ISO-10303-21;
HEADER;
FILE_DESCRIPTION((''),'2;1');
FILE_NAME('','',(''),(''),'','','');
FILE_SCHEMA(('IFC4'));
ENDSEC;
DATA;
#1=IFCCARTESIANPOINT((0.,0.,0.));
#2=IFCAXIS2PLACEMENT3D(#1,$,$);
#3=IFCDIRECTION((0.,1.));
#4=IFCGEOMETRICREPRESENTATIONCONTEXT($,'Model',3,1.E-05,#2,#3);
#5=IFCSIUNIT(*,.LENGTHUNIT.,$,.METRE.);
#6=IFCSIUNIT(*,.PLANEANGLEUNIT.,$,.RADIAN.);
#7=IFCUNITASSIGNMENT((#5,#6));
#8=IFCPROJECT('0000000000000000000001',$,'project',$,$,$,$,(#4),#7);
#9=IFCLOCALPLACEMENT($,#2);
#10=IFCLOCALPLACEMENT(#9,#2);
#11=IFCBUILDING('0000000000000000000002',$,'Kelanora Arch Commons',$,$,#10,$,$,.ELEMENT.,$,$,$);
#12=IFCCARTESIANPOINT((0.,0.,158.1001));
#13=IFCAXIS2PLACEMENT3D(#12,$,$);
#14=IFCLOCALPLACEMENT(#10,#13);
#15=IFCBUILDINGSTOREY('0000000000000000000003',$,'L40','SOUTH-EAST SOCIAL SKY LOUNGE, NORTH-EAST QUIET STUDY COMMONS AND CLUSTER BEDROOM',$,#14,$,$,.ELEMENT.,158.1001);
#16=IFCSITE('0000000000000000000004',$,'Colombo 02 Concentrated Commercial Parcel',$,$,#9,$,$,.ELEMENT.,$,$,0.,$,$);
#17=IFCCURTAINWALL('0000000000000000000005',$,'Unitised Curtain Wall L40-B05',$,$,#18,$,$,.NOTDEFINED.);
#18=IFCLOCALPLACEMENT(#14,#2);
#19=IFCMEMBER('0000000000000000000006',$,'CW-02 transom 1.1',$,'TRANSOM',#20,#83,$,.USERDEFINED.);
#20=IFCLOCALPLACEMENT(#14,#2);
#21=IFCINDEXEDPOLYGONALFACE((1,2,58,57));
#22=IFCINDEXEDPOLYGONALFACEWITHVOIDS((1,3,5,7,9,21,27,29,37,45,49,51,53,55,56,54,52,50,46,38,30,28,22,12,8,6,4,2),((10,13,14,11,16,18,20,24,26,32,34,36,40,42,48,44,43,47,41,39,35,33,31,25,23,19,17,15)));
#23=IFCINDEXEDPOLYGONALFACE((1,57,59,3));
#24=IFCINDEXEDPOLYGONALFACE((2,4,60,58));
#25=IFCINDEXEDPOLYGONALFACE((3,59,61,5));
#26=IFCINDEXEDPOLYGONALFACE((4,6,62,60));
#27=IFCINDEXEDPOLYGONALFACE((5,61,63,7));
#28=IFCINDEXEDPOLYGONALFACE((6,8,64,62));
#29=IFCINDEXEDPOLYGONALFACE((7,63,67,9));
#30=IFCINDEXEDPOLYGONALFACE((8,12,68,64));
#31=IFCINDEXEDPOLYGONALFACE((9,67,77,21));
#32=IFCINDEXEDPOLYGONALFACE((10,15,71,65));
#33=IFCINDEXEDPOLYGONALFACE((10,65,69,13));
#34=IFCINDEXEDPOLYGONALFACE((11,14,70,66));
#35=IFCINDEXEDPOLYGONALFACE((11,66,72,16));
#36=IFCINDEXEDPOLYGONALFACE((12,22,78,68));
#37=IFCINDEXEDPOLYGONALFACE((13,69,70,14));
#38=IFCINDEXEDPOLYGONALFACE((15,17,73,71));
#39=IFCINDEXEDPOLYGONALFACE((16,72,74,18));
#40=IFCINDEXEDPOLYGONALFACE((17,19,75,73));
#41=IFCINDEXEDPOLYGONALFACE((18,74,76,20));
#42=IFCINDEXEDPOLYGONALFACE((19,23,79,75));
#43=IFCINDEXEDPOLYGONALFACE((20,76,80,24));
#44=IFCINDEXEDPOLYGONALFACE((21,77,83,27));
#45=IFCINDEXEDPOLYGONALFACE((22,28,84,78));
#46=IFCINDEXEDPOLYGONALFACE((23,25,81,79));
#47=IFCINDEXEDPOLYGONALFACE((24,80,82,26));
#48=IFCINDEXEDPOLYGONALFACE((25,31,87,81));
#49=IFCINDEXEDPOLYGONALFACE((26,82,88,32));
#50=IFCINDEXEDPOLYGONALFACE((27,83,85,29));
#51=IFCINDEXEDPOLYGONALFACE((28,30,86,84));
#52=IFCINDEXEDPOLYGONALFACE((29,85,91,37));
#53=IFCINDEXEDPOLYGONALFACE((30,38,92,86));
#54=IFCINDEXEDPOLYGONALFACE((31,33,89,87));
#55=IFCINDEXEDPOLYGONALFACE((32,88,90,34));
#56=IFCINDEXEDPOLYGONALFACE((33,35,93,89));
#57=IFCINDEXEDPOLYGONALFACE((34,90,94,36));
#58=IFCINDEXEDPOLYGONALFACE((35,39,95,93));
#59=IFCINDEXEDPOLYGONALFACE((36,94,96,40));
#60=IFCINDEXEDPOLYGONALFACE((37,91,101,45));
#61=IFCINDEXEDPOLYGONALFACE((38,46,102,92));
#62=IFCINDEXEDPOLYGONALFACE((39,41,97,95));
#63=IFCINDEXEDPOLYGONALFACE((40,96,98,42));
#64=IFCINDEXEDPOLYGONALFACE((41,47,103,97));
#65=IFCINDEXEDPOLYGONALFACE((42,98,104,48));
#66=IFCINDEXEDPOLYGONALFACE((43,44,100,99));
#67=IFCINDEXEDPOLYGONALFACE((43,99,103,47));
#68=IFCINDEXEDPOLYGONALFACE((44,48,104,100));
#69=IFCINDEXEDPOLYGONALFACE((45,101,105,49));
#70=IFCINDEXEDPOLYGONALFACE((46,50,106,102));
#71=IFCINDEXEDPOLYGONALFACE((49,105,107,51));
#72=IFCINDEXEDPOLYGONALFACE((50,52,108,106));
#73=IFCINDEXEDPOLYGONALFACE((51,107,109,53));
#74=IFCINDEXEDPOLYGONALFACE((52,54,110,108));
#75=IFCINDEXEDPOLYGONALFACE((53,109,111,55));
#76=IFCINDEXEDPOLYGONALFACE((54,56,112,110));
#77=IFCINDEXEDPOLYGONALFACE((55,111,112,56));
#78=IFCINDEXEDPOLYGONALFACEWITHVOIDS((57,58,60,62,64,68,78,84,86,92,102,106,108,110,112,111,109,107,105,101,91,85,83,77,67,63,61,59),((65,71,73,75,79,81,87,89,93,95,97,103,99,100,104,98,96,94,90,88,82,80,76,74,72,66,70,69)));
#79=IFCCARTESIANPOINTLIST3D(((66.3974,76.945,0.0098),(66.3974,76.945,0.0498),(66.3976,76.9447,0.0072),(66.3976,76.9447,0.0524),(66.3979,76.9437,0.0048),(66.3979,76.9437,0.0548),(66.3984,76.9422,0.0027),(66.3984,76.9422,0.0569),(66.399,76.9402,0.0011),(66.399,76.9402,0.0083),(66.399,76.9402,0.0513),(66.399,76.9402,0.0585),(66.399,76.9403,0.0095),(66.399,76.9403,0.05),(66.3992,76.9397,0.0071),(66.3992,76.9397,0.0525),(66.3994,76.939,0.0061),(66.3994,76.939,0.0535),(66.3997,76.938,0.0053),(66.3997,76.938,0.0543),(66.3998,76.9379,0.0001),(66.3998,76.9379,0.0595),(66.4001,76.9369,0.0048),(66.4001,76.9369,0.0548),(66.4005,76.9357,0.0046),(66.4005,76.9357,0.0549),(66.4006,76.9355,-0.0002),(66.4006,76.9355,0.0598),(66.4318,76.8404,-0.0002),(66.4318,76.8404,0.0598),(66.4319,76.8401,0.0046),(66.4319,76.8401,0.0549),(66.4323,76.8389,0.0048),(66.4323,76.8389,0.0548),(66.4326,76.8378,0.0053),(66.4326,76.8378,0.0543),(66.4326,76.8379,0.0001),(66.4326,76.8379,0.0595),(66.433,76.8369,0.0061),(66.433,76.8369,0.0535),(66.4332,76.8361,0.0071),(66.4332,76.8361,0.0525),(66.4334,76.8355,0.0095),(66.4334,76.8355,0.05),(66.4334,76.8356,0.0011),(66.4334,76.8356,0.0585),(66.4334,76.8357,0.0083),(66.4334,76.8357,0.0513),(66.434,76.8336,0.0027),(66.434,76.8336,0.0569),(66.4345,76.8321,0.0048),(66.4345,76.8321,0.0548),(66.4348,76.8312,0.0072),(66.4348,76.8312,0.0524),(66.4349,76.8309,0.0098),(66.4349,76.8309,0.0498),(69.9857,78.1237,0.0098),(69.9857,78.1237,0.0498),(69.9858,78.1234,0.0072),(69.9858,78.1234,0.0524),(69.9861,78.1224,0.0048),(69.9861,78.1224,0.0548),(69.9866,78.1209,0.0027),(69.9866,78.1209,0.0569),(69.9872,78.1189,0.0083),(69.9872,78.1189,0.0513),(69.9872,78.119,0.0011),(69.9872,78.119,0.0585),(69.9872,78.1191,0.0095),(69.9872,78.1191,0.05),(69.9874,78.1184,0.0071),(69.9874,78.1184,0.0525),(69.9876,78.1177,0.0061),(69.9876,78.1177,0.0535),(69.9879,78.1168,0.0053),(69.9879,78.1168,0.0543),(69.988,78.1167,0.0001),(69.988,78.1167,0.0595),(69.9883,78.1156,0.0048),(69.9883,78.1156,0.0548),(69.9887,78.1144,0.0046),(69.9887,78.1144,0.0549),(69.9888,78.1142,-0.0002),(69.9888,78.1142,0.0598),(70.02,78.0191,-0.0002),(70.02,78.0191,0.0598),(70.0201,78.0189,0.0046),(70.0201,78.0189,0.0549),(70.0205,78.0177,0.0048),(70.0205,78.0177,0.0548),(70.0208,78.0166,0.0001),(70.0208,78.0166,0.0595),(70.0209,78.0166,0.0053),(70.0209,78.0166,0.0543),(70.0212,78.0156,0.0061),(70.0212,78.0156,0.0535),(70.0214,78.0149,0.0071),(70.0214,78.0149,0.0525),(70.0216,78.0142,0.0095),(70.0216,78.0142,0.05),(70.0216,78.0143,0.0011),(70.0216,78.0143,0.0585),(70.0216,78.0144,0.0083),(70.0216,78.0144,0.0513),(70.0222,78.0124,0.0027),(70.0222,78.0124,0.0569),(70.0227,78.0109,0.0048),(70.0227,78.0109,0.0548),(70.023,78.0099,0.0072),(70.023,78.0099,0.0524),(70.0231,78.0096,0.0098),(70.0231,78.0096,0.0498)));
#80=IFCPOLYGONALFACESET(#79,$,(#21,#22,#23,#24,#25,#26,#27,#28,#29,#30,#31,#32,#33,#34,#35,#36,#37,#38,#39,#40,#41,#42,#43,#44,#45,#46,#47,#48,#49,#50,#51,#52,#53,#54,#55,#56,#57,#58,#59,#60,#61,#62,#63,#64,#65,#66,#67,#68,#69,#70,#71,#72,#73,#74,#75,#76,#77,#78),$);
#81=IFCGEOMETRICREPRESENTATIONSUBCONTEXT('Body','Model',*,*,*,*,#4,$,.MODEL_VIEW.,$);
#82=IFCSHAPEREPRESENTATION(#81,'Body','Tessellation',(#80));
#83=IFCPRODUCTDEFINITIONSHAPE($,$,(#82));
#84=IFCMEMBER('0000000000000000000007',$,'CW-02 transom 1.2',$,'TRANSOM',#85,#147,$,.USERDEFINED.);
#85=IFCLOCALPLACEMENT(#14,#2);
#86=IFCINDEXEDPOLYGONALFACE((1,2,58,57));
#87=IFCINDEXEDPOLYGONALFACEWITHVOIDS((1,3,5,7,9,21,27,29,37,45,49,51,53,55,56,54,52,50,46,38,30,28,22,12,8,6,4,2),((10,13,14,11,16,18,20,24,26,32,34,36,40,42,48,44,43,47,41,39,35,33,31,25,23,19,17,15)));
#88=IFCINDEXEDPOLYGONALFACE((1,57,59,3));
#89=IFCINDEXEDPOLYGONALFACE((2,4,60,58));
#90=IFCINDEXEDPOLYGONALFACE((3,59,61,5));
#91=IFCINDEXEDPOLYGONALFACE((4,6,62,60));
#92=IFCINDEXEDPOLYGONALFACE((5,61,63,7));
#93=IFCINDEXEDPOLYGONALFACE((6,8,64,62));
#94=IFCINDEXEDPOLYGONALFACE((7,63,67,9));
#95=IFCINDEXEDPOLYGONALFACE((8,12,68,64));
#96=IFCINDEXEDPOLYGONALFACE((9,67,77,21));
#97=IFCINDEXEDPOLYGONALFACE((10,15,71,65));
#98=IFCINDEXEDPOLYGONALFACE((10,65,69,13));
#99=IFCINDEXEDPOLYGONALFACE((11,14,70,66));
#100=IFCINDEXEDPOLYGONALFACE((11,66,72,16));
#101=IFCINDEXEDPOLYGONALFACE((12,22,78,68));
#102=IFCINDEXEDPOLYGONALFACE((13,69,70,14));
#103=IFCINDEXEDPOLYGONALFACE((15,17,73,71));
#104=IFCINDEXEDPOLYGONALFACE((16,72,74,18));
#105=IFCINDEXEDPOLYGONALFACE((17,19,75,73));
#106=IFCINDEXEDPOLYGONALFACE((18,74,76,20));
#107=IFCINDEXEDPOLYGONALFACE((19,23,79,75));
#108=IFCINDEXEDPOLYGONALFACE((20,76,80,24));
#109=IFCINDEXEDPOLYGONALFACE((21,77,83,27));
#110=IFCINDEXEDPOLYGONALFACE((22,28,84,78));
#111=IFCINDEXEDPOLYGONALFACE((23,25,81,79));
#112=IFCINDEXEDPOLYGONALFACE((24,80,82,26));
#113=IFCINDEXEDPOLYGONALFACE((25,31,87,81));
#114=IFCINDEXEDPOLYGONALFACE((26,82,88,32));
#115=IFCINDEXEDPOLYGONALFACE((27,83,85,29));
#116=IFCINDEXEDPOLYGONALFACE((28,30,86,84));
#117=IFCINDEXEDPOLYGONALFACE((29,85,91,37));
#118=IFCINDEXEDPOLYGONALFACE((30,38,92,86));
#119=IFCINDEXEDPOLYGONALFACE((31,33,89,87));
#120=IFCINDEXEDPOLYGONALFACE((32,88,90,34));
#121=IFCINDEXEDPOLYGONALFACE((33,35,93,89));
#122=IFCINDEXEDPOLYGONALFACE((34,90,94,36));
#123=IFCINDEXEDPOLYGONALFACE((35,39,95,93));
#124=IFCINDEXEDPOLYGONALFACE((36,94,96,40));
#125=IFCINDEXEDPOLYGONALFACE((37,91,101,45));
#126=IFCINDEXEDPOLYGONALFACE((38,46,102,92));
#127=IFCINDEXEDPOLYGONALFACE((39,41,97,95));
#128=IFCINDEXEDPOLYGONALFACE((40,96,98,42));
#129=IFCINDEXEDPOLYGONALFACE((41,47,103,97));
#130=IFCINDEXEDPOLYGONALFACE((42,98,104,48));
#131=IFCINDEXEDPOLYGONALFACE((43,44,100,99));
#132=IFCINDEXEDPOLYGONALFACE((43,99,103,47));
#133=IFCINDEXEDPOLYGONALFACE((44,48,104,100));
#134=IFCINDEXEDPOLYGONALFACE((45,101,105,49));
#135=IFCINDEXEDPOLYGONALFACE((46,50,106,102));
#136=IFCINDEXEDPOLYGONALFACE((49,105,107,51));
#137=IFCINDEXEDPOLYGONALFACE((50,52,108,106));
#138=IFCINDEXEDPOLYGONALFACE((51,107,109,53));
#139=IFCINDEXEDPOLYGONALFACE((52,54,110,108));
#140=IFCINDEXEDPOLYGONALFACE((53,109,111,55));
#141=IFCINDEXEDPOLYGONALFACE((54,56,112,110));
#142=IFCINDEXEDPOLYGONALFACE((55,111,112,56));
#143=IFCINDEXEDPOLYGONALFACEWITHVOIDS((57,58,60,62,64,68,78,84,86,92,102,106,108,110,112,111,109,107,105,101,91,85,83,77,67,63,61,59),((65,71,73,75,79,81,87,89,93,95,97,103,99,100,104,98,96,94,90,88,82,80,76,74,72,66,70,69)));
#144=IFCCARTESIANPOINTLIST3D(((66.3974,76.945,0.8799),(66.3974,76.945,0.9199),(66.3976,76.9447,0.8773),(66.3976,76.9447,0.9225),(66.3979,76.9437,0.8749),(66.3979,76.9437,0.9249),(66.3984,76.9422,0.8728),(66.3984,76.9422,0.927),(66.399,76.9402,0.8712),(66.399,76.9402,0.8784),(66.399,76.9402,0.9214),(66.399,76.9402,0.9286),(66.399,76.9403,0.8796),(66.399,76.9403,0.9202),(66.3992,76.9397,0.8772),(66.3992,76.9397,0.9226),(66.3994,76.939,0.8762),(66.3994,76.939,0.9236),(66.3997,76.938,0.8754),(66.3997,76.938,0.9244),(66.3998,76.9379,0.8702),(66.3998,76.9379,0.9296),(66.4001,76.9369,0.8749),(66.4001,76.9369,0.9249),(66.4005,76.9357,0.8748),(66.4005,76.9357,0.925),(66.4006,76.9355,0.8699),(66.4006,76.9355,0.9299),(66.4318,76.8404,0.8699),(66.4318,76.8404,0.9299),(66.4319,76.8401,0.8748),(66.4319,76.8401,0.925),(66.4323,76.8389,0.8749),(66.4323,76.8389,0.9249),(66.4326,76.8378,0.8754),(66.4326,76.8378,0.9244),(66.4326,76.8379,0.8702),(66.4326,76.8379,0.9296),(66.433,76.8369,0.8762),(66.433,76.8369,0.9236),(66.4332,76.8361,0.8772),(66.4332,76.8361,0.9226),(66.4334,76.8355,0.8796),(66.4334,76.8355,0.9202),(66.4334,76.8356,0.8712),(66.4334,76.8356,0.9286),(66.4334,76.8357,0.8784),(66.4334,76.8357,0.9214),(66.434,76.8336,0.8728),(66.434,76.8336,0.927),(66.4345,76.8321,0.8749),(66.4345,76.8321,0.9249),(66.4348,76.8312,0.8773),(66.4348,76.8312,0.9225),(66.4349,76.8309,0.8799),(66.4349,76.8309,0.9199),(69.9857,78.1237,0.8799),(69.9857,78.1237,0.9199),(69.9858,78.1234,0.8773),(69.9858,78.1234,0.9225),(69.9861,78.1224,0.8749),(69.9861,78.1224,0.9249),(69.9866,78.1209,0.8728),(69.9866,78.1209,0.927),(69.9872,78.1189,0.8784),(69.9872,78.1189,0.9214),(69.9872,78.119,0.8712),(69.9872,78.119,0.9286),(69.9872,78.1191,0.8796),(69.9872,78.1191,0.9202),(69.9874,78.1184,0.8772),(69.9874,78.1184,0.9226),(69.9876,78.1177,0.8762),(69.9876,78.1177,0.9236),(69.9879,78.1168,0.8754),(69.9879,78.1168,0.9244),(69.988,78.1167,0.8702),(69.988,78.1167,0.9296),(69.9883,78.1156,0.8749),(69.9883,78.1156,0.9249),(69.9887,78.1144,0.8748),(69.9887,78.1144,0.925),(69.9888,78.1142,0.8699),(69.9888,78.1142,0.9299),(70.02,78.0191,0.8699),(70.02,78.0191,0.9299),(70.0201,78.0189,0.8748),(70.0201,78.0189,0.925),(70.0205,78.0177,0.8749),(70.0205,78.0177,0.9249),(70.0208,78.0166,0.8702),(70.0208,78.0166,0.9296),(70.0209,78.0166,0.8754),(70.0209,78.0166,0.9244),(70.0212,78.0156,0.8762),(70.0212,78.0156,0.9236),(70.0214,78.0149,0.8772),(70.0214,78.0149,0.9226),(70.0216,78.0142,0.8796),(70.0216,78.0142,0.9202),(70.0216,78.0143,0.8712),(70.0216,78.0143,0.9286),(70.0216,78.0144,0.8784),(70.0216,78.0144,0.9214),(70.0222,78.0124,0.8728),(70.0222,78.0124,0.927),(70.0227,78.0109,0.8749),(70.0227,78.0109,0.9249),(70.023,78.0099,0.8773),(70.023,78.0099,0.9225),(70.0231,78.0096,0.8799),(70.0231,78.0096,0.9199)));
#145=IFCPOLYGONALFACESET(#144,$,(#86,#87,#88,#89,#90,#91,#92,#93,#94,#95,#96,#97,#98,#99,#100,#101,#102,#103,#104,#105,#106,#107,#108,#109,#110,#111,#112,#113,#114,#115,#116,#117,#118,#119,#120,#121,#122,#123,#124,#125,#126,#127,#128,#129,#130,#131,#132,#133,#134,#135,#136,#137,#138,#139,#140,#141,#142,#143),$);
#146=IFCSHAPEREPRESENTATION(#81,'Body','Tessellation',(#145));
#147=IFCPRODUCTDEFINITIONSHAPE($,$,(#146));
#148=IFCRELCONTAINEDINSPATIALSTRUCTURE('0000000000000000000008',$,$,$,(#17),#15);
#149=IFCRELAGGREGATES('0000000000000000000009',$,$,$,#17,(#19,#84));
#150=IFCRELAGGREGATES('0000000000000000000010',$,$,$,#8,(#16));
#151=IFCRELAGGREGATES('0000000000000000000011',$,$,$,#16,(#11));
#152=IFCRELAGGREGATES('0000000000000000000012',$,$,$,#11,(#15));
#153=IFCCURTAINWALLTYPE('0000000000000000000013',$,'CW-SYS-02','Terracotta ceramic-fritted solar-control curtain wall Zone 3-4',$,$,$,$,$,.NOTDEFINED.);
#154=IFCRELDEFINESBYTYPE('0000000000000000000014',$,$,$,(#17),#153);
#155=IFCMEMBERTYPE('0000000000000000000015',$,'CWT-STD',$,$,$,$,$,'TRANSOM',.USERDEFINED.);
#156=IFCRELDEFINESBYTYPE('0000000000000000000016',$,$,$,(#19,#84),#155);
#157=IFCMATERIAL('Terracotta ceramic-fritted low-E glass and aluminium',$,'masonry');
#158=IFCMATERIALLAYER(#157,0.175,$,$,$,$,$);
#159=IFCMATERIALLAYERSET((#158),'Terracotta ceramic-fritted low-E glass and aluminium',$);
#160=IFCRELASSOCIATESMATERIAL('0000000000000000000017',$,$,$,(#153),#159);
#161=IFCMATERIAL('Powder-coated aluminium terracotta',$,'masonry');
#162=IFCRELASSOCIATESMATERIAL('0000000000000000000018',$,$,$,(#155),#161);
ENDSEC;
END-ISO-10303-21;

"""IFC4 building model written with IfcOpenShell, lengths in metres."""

from ifc_helpers import new_model, si_unit, direction, frame, origin, origin_2d, place, context, subcontext, project, spatial, hollow_rectangle, extrude, material, layer, layer_set, material_profile, profile_set, type_object, element, aggregate, save


model = new_model("IFC4")

# Units and contexts
model_context = context("Model", 3, precision=1e-05, world=origin(), true_north=direction((0.0, 1.0)))
body_context = subcontext(model_context, "Body", "Model", "MODEL_VIEW")
ifc_project = project(units=[si_unit("LENGTHUNIT", "METRE"), si_unit("PLANEANGLEUNIT", "RADIAN")], contexts=[model_context])

# Site, building, storey
site_placement = place(None, origin())
site = spatial("IfcSite", under=ifc_project, at=site_placement, Name="Colombo 02 Concentrated Commercial Parcel", CompositionType="ELEMENT", RefElevation=0.0)
building_placement = place(site_placement, origin())
building = spatial("IfcBuilding", under=site, at=building_placement, Name="Kelanora Arch Commons", CompositionType="ELEMENT")
storey_placement = place(building_placement, frame((0.0, 0.0, 158.1001)))
storey = spatial("IfcBuildingStorey", under=building, at=storey_placement, Name="L40", Description="SOUTH-EAST SOCIAL SKY LOUNGE, NORTH-EAST QUIET STUDY COMMONS AND CLUSTER BEDROOM", CompositionType="ELEMENT", Elevation=158.1001)

# Curtain wall, members
ifc_material_1 = material(Name="Terracotta ceramic-fritted low-E glass and aluminium", Category="masonry")
ifc_layer_1 = layer(ifc_material_1, 0.175)
ifc_layer_set_1 = layer_set([ifc_layer_1], Name="Terracotta ceramic-fritted low-E glass and aluminium")
curtain_wall_type = type_object("IfcCurtainWallType", Name="CW-SYS-02", Description="Terracotta ceramic-fritted solar-control curtain wall Zone 3-4", PredefinedType="NOTDEFINED", material=ifc_layer_set_1)
curtain_wall_placement = place(storey_placement, origin())
curtain_wall = element("IfcCurtainWall", 1, at=curtain_wall_placement, inside=storey, type_object=curtain_wall_type, Name="Unitised Curtain Wall L40-B05", PredefinedType="NOTDEFINED")
ifc_material_2 = material(Name="Powder-coated aluminium terracotta", Category="masonry")
ifc_material_profile_1 = material_profile(ifc_material_2, hollow_rectangle(XDim=0.1201, YDim=0.0601, WallThickness=0.0049, InnerFilletRadius=0.0049, OuterFilletRadius=0.01, at=origin_2d()), Name="CWT120x60")
ifc_profile_set_1 = profile_set([ifc_material_profile_1], Name="Powder-coated aluminium terracotta")
member_type_1 = type_object("IfcMemberType", Name="CWT-STD", ElementType="TRANSOM", PredefinedType="USERDEFINED", material=ifc_profile_set_1)
member_1_placement = place(storey_placement, frame((70.0044, 78.0667, 0.0298), z_axis=(-0.950051, -0.312094, 0.0), x_axis=(0.312094, -0.950051, 0.0)))
member_1 = element("IfcMember", 2, at=member_1_placement, type_object=member_type_1, Name="CW-02 transom 1.1", ObjectType="TRANSOM", PredefinedType="USERDEFINED", context=body_context, shape_type="SweptSolid", body=[
    extrude(hollow_rectangle(XDim=0.1201, YDim=0.0601, WallThickness=0.0049, InnerFilletRadius=0.0049, OuterFilletRadius=0.01, at=origin_2d()), origin(), (0.0, 0.0, 1.0), 3.7769),
])
member_2_placement = place(storey_placement, frame((70.0044, 78.0667, 0.8999), z_axis=(-0.950051, -0.312094, 0.0), x_axis=(0.312094, -0.950051, 0.0)))
member_2 = element("IfcMember", 3, at=member_2_placement, type_object=member_type_1, Name="CW-02 transom 1.2", ObjectType="TRANSOM", PredefinedType="USERDEFINED", context=body_context, shape_type="SweptSolid", body=[
    extrude(hollow_rectangle(XDim=0.1201, YDim=0.0601, WallThickness=0.0049, InnerFilletRadius=0.0049, OuterFilletRadius=0.01, at=origin_2d()), origin(), (0.0, 0.0, 1.0), 3.7769),
])
aggregate(curtain_wall, [member_1, member_2])

save(model, "model.ifc")
